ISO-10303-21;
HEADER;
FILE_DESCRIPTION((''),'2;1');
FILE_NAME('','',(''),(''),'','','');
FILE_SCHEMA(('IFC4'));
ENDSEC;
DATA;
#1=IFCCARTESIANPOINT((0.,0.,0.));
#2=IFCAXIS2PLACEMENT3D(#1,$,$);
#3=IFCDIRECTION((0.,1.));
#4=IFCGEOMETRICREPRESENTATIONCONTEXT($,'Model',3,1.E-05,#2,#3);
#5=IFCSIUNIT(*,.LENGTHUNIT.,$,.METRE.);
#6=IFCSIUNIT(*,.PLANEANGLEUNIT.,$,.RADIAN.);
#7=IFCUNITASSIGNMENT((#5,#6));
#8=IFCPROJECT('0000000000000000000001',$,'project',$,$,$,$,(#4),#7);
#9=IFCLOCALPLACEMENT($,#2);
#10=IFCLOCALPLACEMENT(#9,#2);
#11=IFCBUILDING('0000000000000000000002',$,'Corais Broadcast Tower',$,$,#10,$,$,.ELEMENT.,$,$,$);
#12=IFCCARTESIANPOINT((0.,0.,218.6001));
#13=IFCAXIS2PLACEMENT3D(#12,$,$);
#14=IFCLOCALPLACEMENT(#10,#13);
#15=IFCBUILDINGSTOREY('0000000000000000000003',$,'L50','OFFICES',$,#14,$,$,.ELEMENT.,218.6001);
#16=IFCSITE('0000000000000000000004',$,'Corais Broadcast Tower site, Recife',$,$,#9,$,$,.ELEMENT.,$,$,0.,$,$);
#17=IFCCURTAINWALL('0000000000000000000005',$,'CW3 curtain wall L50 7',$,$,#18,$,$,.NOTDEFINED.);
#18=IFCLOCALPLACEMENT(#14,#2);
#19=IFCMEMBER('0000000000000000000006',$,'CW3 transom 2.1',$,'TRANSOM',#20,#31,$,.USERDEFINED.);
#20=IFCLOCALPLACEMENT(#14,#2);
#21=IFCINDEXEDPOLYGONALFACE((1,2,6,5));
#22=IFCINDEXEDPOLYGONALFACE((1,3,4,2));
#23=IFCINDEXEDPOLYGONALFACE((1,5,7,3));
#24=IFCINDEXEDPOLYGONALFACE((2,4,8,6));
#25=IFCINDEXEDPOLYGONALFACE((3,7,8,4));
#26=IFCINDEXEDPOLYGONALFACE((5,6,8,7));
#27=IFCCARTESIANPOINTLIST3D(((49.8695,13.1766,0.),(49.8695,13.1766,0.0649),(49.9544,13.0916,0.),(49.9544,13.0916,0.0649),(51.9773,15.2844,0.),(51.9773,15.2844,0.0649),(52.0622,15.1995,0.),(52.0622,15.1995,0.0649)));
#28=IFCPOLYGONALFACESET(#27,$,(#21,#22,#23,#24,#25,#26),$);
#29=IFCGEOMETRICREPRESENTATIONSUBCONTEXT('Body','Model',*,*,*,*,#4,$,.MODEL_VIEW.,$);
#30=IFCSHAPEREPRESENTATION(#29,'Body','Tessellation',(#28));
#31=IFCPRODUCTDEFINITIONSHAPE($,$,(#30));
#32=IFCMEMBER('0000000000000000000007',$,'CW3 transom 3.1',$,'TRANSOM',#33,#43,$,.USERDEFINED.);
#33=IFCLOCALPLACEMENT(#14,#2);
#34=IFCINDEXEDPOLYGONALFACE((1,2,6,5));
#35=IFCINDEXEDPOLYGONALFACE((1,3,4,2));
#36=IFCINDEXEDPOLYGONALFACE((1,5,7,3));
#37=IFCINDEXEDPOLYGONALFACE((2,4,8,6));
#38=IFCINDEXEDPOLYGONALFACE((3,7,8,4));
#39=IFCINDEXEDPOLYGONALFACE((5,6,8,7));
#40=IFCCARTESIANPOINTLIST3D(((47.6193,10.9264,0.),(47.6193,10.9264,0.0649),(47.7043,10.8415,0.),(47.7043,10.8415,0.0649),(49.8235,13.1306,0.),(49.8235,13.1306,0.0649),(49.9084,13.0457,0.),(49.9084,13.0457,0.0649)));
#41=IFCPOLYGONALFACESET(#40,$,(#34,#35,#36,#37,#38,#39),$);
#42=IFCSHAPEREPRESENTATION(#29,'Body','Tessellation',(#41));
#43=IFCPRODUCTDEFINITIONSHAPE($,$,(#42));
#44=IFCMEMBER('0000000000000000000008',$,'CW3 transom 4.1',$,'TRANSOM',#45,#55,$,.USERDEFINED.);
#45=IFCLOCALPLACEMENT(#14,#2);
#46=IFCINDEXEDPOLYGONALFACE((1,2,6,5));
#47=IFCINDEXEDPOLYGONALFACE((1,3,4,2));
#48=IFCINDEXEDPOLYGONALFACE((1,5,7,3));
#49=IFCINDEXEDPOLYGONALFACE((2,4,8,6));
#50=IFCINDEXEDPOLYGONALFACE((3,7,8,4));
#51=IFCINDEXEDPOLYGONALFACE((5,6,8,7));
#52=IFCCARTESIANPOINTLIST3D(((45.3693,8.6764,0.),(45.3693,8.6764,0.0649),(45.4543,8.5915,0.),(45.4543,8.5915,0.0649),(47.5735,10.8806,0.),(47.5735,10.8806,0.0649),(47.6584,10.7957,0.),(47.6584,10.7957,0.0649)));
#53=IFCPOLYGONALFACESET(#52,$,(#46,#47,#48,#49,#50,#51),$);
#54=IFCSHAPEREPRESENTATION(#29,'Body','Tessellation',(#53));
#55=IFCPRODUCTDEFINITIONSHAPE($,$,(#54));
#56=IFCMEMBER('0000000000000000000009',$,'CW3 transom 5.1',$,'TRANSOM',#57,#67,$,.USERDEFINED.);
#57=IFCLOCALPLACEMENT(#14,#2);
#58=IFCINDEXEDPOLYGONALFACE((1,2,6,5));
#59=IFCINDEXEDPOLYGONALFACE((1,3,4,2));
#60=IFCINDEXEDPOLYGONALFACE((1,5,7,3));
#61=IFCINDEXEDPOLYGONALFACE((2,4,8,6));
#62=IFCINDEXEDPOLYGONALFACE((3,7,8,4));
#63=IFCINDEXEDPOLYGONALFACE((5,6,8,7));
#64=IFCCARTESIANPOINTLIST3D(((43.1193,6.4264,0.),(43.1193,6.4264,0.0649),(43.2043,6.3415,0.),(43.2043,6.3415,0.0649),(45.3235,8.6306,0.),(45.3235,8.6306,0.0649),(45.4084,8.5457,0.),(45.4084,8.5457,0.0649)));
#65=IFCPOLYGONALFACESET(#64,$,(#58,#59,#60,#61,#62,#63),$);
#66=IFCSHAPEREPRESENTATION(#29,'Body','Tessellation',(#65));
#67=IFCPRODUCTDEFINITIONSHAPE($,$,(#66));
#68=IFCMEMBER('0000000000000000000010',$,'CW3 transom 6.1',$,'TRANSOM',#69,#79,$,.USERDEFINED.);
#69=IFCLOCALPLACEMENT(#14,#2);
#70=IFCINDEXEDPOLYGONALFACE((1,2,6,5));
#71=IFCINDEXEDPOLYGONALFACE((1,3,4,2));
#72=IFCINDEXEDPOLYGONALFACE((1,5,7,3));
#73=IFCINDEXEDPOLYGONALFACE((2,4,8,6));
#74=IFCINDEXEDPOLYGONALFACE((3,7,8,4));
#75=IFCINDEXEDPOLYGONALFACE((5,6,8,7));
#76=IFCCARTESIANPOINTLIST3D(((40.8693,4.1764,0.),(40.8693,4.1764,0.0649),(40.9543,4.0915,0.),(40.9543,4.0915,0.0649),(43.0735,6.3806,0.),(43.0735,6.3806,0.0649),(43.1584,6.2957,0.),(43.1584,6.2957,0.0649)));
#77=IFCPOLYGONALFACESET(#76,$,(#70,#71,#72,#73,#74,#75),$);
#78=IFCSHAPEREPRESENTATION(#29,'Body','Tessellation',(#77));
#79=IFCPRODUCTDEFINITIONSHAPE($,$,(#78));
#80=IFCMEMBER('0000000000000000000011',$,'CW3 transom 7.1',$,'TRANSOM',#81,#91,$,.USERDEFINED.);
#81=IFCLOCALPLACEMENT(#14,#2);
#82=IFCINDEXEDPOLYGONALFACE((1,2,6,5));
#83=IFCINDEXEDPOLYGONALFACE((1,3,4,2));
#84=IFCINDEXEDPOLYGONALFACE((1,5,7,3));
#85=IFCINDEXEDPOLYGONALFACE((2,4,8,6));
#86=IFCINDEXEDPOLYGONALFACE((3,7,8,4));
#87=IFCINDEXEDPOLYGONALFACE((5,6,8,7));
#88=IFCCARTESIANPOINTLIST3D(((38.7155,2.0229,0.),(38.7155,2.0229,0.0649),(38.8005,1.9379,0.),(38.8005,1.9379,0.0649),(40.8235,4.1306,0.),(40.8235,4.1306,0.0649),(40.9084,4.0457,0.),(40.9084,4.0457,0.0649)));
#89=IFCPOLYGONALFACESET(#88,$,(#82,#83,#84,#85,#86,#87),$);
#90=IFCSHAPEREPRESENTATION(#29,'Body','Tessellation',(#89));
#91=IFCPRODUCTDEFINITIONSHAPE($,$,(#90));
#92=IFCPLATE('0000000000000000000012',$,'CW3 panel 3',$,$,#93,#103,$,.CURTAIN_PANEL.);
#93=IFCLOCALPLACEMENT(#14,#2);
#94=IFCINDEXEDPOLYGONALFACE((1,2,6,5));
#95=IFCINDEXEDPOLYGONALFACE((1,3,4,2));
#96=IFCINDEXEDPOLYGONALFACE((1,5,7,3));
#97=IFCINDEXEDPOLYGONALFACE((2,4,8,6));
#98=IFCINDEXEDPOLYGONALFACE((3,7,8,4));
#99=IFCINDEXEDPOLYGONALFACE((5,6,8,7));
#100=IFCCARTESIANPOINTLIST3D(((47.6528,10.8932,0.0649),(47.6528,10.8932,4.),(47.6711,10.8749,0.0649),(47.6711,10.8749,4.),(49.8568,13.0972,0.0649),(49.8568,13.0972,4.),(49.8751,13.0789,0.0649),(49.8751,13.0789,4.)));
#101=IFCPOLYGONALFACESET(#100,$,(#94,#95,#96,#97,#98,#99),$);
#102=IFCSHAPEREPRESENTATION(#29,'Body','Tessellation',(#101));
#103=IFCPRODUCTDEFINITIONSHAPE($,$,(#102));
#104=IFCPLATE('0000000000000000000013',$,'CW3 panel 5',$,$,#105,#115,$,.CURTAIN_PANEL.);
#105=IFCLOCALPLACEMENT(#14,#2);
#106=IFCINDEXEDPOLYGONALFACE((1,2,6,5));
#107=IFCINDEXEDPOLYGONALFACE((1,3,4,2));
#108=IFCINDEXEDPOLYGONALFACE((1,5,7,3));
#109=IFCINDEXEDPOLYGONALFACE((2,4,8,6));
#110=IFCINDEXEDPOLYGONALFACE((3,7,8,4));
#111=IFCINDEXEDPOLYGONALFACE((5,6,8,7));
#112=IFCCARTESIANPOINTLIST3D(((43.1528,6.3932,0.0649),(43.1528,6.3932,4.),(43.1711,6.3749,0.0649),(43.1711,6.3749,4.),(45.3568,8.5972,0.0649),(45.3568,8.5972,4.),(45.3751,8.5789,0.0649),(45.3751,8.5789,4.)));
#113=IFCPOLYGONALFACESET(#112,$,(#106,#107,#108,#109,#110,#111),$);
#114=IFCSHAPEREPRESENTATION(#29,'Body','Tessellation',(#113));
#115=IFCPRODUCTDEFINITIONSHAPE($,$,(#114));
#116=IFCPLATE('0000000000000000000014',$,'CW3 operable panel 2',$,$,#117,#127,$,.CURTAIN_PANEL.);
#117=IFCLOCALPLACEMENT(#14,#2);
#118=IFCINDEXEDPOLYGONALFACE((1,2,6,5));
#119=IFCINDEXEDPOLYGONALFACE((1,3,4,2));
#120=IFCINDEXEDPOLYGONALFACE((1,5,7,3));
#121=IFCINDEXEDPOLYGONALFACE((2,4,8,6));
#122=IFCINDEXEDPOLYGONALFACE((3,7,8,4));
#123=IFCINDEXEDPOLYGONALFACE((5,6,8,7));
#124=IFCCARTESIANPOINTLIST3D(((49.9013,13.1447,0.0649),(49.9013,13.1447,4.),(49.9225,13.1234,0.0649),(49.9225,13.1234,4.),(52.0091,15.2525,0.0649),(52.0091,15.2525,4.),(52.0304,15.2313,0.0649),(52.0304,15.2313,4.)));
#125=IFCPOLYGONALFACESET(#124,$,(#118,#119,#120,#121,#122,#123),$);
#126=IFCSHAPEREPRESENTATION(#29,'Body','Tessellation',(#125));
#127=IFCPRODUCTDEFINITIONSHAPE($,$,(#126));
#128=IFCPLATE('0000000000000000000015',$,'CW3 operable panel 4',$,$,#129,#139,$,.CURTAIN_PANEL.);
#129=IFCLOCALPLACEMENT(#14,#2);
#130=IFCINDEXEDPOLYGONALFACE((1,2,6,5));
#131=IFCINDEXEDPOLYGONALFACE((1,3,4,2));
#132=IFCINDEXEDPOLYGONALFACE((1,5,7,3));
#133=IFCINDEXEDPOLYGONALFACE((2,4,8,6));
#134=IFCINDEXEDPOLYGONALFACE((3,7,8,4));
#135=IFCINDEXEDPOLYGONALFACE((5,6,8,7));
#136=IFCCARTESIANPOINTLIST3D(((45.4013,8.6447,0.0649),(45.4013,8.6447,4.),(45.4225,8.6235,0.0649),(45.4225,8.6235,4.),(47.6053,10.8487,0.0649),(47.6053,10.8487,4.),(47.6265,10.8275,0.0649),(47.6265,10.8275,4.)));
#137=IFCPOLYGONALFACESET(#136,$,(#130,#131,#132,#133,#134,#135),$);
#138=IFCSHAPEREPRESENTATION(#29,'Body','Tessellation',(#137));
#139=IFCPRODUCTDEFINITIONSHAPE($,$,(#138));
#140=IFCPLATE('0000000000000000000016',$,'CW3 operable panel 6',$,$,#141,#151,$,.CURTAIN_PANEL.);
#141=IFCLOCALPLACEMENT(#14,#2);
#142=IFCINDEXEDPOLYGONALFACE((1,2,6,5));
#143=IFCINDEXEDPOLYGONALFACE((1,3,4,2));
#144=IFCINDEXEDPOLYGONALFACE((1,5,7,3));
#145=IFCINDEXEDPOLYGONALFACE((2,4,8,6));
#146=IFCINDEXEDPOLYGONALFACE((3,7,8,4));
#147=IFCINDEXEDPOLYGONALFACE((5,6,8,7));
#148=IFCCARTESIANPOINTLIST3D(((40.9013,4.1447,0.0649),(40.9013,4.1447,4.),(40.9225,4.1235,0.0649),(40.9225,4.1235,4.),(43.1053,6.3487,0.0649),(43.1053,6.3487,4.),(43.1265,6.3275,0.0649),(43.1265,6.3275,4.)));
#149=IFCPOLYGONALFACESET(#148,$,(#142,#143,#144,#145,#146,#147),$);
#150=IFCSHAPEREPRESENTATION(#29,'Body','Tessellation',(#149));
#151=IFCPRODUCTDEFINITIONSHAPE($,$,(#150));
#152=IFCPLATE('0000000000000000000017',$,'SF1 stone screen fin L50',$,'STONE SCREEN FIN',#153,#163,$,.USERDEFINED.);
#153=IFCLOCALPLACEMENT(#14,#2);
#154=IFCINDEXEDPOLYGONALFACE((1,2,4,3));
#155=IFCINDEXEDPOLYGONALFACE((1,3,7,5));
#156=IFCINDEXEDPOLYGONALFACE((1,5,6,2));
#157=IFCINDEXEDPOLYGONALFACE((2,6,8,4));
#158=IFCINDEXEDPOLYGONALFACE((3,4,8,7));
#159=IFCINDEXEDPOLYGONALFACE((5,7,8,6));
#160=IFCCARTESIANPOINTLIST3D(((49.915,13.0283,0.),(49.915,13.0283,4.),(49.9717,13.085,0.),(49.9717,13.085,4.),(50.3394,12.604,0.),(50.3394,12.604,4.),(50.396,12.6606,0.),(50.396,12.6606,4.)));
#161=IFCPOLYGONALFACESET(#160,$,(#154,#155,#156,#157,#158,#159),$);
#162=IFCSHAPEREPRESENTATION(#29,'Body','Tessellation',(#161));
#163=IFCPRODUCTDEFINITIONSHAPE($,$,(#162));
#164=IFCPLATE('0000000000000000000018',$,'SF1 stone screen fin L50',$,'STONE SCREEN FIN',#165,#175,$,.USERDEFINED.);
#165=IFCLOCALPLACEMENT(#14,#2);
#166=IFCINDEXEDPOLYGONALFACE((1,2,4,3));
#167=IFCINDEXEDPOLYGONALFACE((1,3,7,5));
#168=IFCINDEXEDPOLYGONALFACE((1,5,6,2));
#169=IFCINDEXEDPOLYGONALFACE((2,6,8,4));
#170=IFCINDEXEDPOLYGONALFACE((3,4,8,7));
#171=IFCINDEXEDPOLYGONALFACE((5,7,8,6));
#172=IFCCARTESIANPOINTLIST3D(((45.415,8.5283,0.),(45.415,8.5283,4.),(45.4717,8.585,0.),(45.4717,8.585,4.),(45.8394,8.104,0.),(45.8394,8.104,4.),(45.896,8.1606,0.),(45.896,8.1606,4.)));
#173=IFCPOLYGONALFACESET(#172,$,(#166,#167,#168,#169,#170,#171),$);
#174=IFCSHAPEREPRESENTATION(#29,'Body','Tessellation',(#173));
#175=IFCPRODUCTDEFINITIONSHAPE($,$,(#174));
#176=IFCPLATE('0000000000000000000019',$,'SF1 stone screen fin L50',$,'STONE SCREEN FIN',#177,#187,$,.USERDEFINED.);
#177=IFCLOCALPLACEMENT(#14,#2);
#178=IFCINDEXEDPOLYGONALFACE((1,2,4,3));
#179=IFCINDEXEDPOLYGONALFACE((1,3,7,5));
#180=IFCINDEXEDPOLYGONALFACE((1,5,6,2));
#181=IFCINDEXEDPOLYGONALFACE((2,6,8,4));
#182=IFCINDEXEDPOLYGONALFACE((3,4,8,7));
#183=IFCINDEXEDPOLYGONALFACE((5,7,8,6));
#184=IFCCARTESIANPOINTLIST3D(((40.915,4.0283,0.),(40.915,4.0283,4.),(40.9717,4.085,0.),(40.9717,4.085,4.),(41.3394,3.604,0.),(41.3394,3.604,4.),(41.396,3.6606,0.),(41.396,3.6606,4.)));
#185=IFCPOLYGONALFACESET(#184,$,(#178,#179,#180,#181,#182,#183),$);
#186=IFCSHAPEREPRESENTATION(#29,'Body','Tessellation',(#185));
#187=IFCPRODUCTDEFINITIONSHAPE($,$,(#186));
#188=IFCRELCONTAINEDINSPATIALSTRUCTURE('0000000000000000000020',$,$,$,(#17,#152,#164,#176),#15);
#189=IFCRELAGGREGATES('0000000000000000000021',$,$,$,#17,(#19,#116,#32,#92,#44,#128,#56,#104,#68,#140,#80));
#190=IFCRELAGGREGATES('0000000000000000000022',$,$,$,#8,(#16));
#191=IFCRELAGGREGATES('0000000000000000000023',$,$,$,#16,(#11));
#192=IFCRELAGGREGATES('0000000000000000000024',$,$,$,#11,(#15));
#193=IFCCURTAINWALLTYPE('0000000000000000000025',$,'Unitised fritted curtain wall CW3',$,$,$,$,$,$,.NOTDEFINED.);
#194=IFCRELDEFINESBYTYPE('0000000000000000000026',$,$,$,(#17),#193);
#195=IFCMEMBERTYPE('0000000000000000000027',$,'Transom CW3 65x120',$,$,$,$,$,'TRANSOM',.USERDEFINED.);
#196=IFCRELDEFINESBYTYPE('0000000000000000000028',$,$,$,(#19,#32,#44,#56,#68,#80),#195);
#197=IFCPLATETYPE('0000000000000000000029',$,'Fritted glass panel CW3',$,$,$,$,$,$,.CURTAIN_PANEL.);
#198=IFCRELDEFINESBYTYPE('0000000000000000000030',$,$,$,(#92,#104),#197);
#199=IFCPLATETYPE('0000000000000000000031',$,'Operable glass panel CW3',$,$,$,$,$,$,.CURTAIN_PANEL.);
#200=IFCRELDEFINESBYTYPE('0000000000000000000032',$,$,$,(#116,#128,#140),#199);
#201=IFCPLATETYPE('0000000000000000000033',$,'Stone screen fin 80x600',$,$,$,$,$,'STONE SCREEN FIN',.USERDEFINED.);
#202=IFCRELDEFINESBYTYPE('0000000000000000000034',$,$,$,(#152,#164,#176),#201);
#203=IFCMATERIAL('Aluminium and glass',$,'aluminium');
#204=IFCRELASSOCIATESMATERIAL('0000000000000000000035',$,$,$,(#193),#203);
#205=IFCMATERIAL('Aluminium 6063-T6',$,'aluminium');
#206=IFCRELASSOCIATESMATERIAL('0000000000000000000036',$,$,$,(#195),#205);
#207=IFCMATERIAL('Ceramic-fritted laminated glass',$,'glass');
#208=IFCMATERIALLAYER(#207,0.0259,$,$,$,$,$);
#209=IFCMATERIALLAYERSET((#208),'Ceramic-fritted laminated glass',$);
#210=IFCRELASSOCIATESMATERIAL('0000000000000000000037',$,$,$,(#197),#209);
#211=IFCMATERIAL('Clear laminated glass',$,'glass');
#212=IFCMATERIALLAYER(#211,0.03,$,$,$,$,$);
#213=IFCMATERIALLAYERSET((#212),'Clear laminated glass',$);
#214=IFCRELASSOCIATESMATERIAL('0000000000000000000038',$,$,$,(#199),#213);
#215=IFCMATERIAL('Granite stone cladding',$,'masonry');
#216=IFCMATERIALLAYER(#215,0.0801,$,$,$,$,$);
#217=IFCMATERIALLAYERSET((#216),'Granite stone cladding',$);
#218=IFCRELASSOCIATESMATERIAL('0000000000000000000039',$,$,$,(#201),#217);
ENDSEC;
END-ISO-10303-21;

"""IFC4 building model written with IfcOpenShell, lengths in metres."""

from ifc_helpers import new_model, si_unit, direction, frame, origin, origin_2d, place, context, subcontext, project, spatial, rectangle, extrude, material, layer, layer_set, material_profile, profile_set, type_object, element, aggregate, save


model = new_model("IFC4")

# Units and contexts
model_context = context("Model", 3, precision=1e-05, world=origin(), true_north=direction((0.0, 1.0)))
body_context = subcontext(model_context, "Body", "Model", "MODEL_VIEW")
ifc_project = project(units=[si_unit("LENGTHUNIT", "METRE"), si_unit("PLANEANGLEUNIT", "RADIAN")], contexts=[model_context])

# Site, building, storey
site_placement = place(None, origin())
site = spatial("IfcSite", under=ifc_project, at=site_placement, Name="Corais Broadcast Tower site, Recife", CompositionType="ELEMENT", RefElevation=0.0)
building_placement = place(site_placement, origin())
building = spatial("IfcBuilding", under=site, at=building_placement, Name="Corais Broadcast Tower", CompositionType="ELEMENT")
storey_placement = place(building_placement, frame((0.0, 0.0, 218.6001)))
storey = spatial("IfcBuildingStorey", under=building, at=storey_placement, Name="L50", Description="OFFICES", CompositionType="ELEMENT", Elevation=218.6001)

# Curtain wall
ifc_material_1 = material(Name="Aluminium and glass", Category="aluminium")
curtain_wall_type = type_object("IfcCurtainWallType", Name="Unitised fritted curtain wall CW3", PredefinedType="NOTDEFINED", material=ifc_material_1)
curtain_wall_placement = place(storey_placement, origin())
curtain_wall = element("IfcCurtainWall", 1, at=curtain_wall_placement, inside=storey, type_object=curtain_wall_type, Name="CW3 curtain wall L50 7", PredefinedType="NOTDEFINED")

# Members
ifc_material_2 = material(Name="Aluminium 6063-T6", Category="aluminium")
ifc_material_profile_1 = material_profile(ifc_material_2, rectangle(XDim=0.1201, YDim=0.0649, at=origin_2d()), Name="Transom CW3 65x120")
ifc_profile_set_1 = profile_set([ifc_material_profile_1], Name="Aluminium 6063-T6")
member_type_1 = type_object("IfcMemberType", Name="Transom CW3 65x120", ElementType="TRANSOM", PredefinedType="USERDEFINED", material=ifc_profile_set_1)
member_1_placement = place(storey_placement, frame((52.0198, 15.2419, 0.0325), z_axis=(-0.707107, -0.707107, 0.0), x_axis=(0.707107, -0.707107, 0.0)))
member_1 = element("IfcMember", 2, at=member_1_placement, type_object=member_type_1, Name="CW3 transom 2.1", ObjectType="TRANSOM", PredefinedType="USERDEFINED", context=body_context, shape_type="SweptSolid", body=[
    extrude(rectangle(XDim=0.1201, YDim=0.0649, at=origin_2d()), origin(), (0.0, 0.0, 1.0), 2.981),
])
member_2_placement = place(storey_placement, frame((49.866, 13.0881, 0.0325), z_axis=(-0.707107, -0.707107, 0.0), x_axis=(0.707107, -0.707107, 0.0)))
member_2 = element("IfcMember", 3, at=member_2_placement, type_object=member_type_1, Name="CW3 transom 3.1", ObjectType="TRANSOM", PredefinedType="USERDEFINED", context=body_context, shape_type="SweptSolid", body=[
    extrude(rectangle(XDim=0.1201, YDim=0.0649, at=origin_2d()), origin(), (0.0, 0.0, 1.0), 3.1172),
])
member_3_placement = place(storey_placement, frame((47.616, 10.8381, 0.0325), z_axis=(-0.707107, -0.707107, 0.0), x_axis=(0.707107, -0.707107, 0.0)))
member_3 = element("IfcMember", 4, at=member_3_placement, type_object=member_type_1, Name="CW3 transom 4.1", ObjectType="TRANSOM", PredefinedType="USERDEFINED", context=body_context, shape_type="SweptSolid", body=[
    extrude(rectangle(XDim=0.1201, YDim=0.0649, at=origin_2d()), origin(), (0.0, 0.0, 1.0), 3.1172),
])
member_4_placement = place(storey_placement, frame((45.366, 8.5881, 0.0325), z_axis=(-0.707107, -0.707107, 0.0), x_axis=(0.707107, -0.707107, 0.0)))
member_4 = element("IfcMember", 5, at=member_4_placement, type_object=member_type_1, Name="CW3 transom 5.1", ObjectType="TRANSOM", PredefinedType="USERDEFINED", context=body_context, shape_type="SweptSolid", body=[
    extrude(rectangle(XDim=0.1201, YDim=0.0649, at=origin_2d()), origin(), (0.0, 0.0, 1.0), 3.1172),
])
member_5_placement = place(storey_placement, frame((43.116, 6.3381, 0.0325), z_axis=(-0.707107, -0.707107, 0.0), x_axis=(0.707107, -0.707107, 0.0)))
member_5 = element("IfcMember", 6, at=member_5_placement, type_object=member_type_1, Name="CW3 transom 6.1", ObjectType="TRANSOM", PredefinedType="USERDEFINED", context=body_context, shape_type="SweptSolid", body=[
    extrude(rectangle(XDim=0.1201, YDim=0.0649, at=origin_2d()), origin(), (0.0, 0.0, 1.0), 3.1172),
])
member_6_placement = place(storey_placement, frame((40.866, 4.0881, 0.0325), z_axis=(-0.707148, -0.707066, 0.0), x_axis=(0.707066, -0.707148, 0.0)))
member_6 = element("IfcMember", 7, at=member_6_placement, type_object=member_type_1, Name="CW3 transom 7.1", ObjectType="TRANSOM", PredefinedType="USERDEFINED", context=body_context, shape_type="SweptSolid", body=[
    extrude(rectangle(XDim=0.1201, YDim=0.0649, at=origin_2d()), origin(), (0.0, 0.0, 1.0), 2.981),
])

# Plates
ifc_material_3 = material(Name="Ceramic-fritted laminated glass", Category="glass")
ifc_layer_1 = layer(ifc_material_3, 0.0259)
ifc_layer_set_1 = layer_set([ifc_layer_1], Name="Ceramic-fritted laminated glass")
plate_type_1 = type_object("IfcPlateType", Name="Fritted glass panel CW3", PredefinedType="CURTAIN_PANEL", material=ifc_layer_set_1)
plate_1_placement = place(storey_placement, frame((48.7639, 11.9861, 0.0649), z_axis=(0.0, 0.0, 1.0), x_axis=(-0.707107, -0.707107, 0.0)))
plate_1 = element("IfcPlate", 8, at=plate_1_placement, type_object=plate_type_1, Name="CW3 panel 3", PredefinedType="CURTAIN_PANEL", context=body_context, shape_type="SweptSolid", body=[
    extrude(rectangle(XDim=3.1169, YDim=0.0259, at=origin_2d()), origin(), (0.0, 0.0, 1.0), 3.9351),
])
plate_2_placement = place(storey_placement, frame((44.2639, 7.4861, 0.0649), z_axis=(0.0, 0.0, 1.0), x_axis=(-0.707107, -0.707107, 0.0)))
plate_2 = element("IfcPlate", 9, at=plate_2_placement, type_object=plate_type_1, Name="CW3 panel 5", PredefinedType="CURTAIN_PANEL", context=body_context, shape_type="SweptSolid", body=[
    extrude(rectangle(XDim=3.1169, YDim=0.0259, at=origin_2d()), origin(), (0.0, 0.0, 1.0), 3.9351),
])
ifc_material_4 = material(Name="Clear laminated glass", Category="glass")
ifc_layer_2 = layer(ifc_material_4, 0.03)
ifc_layer_set_2 = layer_set([ifc_layer_2], Name="Clear laminated glass")
plate_type_2 = type_object("IfcPlateType", Name="Operable glass panel CW3", PredefinedType="CURTAIN_PANEL", material=ifc_layer_set_2)
plate_3_placement = place(storey_placement, frame((50.9658, 14.188, 0.0649), z_axis=(0.0, 0.0, 1.0), x_axis=(-0.707107, -0.707107, 0.0)))
plate_3 = element("IfcPlate", 10, at=plate_3_placement, type_object=plate_type_2, Name="CW3 operable panel 2", PredefinedType="CURTAIN_PANEL", context=body_context, shape_type="SweptSolid", body=[
    extrude(rectangle(XDim=2.981, YDim=0.03, at=origin_2d()), origin(), (0.0, 0.0, 1.0), 3.9351),
])
plate_4_placement = place(storey_placement, frame((46.5139, 9.7361, 0.0649), z_axis=(0.0, 0.0, 1.0), x_axis=(-0.707107, -0.707107, 0.0)))
plate_4 = element("IfcPlate", 11, at=plate_4_placement, type_object=plate_type_2, Name="CW3 operable panel 4", PredefinedType="CURTAIN_PANEL", context=body_context, shape_type="SweptSolid", body=[
    extrude(rectangle(XDim=3.1169, YDim=0.03, at=origin_2d()), origin(), (0.0, 0.0, 1.0), 3.9351),
])
plate_5_placement = place(storey_placement, frame((42.0139, 5.2361, 0.0649), z_axis=(0.0, 0.0, 1.0), x_axis=(-0.707107, -0.707107, 0.0)))
plate_5 = element("IfcPlate", 12, at=plate_5_placement, type_object=plate_type_2, Name="CW3 operable panel 6", PredefinedType="CURTAIN_PANEL", context=body_context, shape_type="SweptSolid", body=[
    extrude(rectangle(XDim=3.1169, YDim=0.03, at=origin_2d()), origin(), (0.0, 0.0, 1.0), 3.9351),
])
aggregate(curtain_wall, [member_1, plate_3, member_2, plate_1, member_3, plate_4, member_4, plate_2, member_5, plate_5, member_6])

# Plates
ifc_material_5 = material(Name="Granite stone cladding", Category="masonry")
ifc_layer_3 = layer(ifc_material_5, 0.0801)
ifc_layer_set_3 = layer_set([ifc_layer_3], Name="Granite stone cladding")
plate_type_3 = type_object("IfcPlateType", Name="Stone screen fin 80x600", ElementType="STONE SCREEN FIN", PredefinedType="USERDEFINED", material=ifc_layer_set_3)
for number, where, z_axis, x_axis, name in (
    (13, (50.1555, 12.8445, 0.0), (0.0, 0.0, 1.0), (-0.707107, -0.707107, 0.0), "SF1 stone screen fin L50"),
    (14, (45.6555, 8.3445, 0.0), (0.0, 0.0, 1.0), (-0.707107, -0.707107, 0.0), "SF1 stone screen fin L50"),
    (15, (41.1555, 3.8445, 0.0), (0.0, 0.0, 1.0), (-0.707107, -0.707107, 0.0), "SF1 stone screen fin L50"),
):
    element("IfcPlate", number, at=place(storey_placement, frame(where, z_axis=z_axis, x_axis=x_axis)), inside=storey, type_object=plate_type_3, Name=name, ObjectType="STONE SCREEN FIN", PredefinedType="USERDEFINED", context=body_context, shape_type="SweptSolid", body=[
        extrude(rectangle(XDim=0.0801, YDim=0.6001, at=origin_2d()), origin(), (0.0, 0.0, 1.0), 4.0),
    ])

save(model, "model.ifc")
